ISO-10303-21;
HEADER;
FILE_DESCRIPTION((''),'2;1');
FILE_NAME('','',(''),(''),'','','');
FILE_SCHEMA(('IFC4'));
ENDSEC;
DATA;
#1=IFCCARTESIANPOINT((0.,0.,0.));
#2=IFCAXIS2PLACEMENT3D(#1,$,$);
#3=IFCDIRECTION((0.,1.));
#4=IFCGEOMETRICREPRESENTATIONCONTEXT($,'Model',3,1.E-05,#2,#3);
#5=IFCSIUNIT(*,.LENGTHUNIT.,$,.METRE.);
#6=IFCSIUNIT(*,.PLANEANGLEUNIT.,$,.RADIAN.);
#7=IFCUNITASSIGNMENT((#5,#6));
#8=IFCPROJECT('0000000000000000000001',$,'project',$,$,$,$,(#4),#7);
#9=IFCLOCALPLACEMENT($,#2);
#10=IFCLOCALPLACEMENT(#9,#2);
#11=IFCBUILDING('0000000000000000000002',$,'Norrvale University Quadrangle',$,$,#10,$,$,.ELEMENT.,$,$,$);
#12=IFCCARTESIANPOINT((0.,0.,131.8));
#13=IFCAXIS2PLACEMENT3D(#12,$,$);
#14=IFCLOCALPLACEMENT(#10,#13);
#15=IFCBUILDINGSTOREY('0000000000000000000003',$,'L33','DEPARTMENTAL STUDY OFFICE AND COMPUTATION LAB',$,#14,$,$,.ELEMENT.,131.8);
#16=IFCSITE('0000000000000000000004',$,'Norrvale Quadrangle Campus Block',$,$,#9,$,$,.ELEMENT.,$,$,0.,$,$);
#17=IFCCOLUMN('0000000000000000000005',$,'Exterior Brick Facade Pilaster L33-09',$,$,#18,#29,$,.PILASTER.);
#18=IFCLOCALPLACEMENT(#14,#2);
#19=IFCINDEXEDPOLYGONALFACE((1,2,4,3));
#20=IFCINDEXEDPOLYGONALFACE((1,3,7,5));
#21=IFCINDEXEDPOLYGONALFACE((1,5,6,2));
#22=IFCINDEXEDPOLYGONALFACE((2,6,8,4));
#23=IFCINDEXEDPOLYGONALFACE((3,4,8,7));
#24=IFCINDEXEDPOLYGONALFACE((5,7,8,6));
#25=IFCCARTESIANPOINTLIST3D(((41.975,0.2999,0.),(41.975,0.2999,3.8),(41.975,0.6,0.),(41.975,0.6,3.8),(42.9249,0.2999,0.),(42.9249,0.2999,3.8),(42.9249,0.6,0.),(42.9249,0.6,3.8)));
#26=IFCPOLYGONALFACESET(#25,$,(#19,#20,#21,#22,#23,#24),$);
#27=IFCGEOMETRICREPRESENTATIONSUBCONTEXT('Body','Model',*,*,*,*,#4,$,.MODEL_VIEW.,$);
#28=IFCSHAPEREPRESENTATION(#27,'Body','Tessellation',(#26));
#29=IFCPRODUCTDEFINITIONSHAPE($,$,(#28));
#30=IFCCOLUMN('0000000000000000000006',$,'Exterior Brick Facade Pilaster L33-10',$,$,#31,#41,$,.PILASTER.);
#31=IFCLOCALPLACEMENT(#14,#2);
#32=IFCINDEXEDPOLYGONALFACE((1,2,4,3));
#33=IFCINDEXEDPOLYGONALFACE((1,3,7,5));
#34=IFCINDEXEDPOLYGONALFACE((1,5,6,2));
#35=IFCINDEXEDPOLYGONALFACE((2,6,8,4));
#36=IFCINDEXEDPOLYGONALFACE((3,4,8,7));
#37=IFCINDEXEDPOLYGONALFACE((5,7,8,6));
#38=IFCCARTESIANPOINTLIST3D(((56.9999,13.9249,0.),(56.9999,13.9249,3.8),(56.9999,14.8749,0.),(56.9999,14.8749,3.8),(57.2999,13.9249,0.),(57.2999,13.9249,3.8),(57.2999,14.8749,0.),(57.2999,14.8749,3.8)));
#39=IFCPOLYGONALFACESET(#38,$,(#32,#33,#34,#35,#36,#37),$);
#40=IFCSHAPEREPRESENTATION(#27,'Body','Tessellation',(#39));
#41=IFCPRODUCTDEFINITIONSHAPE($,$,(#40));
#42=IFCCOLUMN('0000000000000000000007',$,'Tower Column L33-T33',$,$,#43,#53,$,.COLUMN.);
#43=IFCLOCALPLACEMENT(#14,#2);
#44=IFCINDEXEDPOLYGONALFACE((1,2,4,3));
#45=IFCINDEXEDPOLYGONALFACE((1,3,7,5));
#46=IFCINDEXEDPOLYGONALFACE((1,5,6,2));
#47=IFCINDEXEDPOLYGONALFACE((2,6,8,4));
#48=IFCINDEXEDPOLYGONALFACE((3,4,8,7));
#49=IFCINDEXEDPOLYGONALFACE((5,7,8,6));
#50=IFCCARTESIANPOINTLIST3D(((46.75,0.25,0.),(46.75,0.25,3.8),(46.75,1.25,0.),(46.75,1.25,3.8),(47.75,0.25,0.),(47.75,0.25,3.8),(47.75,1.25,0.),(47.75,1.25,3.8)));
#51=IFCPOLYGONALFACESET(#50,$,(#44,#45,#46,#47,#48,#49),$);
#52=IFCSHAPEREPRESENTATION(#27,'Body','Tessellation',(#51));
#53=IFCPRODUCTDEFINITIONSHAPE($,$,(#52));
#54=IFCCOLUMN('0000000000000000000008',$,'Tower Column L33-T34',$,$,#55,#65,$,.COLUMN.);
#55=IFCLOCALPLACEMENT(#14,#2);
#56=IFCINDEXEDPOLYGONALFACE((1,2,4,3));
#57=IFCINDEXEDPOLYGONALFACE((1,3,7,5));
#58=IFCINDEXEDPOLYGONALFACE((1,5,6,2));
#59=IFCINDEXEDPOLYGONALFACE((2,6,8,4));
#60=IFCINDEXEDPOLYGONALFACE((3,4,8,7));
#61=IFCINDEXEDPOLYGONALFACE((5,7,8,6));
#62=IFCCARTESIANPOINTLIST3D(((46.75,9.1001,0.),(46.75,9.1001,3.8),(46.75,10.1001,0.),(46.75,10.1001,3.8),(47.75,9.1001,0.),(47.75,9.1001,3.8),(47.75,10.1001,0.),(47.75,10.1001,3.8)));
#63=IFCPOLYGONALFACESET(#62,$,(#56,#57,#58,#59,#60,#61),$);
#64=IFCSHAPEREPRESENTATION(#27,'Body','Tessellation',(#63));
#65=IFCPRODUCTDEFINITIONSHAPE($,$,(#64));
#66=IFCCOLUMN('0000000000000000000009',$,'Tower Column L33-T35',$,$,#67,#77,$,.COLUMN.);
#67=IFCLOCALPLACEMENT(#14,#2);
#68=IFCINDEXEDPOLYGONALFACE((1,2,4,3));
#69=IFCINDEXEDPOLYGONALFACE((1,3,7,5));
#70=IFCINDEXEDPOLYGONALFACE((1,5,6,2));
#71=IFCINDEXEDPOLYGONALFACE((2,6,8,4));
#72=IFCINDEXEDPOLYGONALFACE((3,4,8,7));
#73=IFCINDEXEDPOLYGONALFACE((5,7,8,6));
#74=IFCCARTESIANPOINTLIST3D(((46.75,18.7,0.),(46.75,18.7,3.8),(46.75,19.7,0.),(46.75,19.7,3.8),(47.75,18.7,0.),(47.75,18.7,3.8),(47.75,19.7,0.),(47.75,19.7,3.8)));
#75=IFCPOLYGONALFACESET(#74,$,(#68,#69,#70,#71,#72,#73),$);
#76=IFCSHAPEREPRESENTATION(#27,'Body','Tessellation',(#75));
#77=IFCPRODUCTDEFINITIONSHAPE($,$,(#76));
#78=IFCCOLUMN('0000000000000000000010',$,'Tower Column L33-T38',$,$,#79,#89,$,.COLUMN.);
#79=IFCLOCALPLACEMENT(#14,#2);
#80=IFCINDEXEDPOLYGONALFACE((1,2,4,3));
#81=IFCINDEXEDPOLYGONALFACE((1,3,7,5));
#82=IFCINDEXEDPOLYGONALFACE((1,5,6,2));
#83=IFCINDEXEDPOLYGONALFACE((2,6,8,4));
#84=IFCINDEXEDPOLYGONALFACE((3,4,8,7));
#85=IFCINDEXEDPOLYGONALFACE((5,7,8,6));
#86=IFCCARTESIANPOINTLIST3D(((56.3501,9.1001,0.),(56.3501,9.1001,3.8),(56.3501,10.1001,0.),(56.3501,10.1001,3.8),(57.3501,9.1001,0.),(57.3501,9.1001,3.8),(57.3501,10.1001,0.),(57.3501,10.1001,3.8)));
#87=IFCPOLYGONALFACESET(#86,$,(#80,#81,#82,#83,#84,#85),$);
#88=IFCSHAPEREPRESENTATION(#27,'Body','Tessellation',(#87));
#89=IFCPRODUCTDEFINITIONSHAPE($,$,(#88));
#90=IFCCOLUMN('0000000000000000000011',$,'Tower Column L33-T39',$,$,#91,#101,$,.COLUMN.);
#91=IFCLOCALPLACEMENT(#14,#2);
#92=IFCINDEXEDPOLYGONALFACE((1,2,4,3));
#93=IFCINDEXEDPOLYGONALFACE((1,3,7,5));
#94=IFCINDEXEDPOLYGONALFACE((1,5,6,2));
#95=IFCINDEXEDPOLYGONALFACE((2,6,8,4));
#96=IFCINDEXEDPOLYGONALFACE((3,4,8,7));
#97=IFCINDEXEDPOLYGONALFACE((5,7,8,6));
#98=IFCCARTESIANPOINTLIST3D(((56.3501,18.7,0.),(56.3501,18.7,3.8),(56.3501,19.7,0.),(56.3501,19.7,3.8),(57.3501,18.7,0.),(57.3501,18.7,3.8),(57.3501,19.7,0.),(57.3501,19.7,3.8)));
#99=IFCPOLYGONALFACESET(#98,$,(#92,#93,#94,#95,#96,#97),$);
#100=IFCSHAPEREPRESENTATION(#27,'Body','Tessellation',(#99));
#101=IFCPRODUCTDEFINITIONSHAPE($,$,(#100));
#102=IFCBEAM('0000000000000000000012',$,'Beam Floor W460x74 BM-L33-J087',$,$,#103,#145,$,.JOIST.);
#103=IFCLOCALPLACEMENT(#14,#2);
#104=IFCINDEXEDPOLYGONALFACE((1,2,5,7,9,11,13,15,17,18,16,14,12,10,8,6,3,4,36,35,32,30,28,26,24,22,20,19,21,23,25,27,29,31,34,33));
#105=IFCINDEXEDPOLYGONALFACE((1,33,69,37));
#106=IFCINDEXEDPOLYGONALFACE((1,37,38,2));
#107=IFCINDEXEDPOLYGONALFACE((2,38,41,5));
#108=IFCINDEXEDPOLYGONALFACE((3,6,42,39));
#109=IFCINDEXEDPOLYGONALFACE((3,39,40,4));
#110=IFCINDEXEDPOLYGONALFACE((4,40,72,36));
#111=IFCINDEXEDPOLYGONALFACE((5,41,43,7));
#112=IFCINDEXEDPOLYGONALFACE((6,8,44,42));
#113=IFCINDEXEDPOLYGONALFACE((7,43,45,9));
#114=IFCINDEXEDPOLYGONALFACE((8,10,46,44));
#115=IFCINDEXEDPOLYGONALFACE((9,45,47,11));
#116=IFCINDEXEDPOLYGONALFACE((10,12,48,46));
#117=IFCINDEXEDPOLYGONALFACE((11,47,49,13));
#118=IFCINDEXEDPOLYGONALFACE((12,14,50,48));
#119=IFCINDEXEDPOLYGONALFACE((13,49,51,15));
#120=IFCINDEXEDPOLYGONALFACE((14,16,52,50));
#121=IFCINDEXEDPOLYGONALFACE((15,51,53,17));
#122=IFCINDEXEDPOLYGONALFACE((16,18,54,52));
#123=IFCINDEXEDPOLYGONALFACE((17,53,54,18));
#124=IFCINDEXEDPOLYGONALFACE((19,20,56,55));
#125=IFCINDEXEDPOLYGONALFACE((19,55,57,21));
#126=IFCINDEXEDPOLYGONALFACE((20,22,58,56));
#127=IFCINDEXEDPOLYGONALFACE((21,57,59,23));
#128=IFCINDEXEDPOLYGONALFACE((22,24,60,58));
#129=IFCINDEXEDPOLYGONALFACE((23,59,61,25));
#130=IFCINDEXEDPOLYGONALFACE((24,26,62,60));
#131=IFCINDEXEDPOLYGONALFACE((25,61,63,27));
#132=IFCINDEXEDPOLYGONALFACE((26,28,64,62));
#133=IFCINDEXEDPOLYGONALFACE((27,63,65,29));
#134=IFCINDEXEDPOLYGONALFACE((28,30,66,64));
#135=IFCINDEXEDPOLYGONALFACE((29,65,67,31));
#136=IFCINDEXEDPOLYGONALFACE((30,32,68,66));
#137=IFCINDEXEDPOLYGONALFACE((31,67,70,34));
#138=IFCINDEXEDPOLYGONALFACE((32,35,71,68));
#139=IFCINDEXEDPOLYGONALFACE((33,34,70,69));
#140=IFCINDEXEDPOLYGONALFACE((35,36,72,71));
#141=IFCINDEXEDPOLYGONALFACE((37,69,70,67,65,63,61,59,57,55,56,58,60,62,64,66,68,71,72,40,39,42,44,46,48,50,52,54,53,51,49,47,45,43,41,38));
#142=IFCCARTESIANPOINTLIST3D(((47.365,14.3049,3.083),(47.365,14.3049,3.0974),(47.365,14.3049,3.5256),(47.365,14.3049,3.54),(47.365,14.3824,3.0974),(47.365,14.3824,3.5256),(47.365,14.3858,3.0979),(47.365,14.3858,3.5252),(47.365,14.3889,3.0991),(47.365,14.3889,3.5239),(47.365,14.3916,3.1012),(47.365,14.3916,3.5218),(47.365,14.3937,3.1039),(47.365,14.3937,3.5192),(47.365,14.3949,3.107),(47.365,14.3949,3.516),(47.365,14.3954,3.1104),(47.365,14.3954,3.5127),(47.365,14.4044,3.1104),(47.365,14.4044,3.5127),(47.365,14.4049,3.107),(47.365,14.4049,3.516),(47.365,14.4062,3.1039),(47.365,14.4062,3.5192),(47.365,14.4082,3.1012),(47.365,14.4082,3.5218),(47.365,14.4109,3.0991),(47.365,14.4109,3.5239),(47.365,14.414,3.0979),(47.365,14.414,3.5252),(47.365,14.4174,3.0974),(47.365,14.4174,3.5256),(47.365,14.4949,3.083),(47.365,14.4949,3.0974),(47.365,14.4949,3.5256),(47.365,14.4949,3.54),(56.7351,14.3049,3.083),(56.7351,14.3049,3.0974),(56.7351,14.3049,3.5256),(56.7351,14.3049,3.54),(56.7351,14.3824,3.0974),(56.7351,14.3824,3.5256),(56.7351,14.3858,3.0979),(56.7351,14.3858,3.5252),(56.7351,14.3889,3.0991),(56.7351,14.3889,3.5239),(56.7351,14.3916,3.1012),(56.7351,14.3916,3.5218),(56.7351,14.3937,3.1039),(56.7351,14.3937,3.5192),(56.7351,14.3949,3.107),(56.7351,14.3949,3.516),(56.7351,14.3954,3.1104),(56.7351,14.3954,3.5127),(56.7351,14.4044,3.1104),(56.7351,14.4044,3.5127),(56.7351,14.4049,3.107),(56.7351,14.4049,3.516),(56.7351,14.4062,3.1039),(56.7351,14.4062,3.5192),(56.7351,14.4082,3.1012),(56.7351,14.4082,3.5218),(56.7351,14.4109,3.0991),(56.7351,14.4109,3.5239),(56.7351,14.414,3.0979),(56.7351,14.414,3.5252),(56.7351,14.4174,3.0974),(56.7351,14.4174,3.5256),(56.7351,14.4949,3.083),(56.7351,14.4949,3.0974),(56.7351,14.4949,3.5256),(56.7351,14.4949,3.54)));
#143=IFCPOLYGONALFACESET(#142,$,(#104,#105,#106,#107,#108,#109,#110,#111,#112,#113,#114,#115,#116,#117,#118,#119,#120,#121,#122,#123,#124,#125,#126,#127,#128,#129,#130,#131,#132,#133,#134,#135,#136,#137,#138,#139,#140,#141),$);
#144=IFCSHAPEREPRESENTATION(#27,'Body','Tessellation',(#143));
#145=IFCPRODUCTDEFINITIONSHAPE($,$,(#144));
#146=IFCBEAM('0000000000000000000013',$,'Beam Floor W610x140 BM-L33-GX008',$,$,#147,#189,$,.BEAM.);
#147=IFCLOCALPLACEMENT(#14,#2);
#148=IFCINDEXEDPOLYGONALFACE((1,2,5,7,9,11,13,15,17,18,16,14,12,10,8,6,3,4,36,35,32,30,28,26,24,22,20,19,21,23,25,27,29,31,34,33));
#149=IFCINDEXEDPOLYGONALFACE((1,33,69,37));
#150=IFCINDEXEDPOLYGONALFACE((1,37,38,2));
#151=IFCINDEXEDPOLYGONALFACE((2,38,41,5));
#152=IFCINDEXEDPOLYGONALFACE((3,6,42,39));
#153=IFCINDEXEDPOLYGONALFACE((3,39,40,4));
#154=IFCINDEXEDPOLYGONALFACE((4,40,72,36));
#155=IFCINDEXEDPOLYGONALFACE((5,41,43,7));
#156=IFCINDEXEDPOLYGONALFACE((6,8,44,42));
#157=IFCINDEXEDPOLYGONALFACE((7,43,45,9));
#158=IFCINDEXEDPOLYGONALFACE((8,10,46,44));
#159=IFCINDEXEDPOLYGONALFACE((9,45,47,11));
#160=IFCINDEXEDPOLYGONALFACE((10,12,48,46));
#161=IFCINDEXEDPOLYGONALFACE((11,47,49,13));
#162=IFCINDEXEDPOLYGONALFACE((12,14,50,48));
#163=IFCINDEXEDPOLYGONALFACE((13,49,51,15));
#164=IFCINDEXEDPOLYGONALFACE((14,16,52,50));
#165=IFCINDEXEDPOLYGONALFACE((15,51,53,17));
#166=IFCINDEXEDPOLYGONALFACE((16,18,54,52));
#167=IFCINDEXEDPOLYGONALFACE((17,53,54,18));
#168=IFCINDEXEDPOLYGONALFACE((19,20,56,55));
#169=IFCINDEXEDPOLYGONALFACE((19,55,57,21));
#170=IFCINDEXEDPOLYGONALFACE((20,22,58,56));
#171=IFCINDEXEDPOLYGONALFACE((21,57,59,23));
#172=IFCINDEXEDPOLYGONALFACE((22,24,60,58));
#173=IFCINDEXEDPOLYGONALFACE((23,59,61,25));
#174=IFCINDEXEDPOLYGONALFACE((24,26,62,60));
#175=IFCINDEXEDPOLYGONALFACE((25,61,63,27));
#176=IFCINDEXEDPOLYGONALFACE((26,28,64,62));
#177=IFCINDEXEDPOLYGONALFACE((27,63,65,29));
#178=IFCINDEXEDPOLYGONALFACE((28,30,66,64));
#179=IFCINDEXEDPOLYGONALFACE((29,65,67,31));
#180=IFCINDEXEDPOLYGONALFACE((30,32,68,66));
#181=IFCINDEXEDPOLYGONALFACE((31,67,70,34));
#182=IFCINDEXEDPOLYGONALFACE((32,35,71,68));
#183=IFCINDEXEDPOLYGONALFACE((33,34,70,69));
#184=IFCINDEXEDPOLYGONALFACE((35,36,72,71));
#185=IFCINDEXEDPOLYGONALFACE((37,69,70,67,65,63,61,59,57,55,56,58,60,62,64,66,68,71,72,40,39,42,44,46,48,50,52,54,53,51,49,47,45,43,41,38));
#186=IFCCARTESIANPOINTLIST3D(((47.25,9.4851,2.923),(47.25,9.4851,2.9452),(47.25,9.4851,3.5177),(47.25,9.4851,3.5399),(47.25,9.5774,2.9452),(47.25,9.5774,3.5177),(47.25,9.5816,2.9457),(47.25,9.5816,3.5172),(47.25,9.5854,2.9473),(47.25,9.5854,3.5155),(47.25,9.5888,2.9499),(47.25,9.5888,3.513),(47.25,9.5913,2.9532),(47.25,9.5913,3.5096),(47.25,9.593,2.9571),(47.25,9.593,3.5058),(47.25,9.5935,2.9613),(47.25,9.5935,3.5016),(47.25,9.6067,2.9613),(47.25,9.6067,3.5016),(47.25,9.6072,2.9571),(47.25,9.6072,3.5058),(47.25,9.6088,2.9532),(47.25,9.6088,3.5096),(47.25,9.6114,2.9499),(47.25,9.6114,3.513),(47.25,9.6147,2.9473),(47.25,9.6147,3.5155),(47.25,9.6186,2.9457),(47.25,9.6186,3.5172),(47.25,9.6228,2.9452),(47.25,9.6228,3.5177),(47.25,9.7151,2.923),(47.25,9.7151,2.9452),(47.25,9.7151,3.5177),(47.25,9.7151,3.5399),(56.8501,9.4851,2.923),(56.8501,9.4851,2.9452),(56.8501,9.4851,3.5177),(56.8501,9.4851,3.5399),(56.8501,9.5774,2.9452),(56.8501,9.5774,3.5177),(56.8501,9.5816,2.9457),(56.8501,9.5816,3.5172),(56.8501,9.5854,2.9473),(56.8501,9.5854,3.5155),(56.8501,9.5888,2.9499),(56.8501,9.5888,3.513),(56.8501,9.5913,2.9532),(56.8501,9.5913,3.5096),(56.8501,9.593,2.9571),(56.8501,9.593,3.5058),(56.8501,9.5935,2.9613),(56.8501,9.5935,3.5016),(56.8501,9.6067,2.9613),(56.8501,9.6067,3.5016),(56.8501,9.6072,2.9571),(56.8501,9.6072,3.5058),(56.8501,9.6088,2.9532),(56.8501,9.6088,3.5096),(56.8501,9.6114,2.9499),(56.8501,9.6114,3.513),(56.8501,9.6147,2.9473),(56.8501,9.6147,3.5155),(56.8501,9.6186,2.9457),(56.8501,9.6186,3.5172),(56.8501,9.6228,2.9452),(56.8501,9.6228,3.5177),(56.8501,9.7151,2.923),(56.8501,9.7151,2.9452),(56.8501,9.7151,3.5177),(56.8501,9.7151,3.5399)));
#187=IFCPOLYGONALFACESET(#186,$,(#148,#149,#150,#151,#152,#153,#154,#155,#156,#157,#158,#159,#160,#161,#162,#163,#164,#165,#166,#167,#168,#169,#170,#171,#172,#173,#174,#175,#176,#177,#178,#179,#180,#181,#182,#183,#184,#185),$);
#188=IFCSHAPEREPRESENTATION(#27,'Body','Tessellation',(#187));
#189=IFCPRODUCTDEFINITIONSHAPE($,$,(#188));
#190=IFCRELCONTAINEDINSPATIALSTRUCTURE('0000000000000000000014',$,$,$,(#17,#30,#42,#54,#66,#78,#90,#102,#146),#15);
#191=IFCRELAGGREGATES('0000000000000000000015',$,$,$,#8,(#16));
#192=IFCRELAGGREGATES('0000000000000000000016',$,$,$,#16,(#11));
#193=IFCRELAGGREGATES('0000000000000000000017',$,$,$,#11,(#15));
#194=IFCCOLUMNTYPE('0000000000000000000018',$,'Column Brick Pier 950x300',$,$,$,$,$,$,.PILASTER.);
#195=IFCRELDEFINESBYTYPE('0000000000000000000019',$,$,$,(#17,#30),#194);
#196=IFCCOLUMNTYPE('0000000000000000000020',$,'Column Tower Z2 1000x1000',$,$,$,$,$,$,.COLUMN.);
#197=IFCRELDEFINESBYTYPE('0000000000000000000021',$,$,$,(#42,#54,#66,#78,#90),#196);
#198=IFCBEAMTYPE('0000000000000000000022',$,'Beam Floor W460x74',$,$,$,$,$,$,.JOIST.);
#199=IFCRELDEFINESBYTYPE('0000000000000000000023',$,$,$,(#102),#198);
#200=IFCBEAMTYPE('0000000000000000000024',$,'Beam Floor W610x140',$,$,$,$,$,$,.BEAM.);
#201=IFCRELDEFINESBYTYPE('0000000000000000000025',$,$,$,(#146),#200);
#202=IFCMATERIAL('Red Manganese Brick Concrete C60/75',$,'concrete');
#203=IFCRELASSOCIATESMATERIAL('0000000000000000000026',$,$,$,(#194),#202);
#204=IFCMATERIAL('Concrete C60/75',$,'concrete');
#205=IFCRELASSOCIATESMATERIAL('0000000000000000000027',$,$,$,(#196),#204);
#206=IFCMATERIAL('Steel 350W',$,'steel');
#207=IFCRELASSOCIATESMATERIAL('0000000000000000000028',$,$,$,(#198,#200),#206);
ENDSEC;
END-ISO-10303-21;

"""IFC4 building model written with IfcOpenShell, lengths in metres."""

from ifc_helpers import new_model, si_unit, direction, frame, origin, origin_2d, place, context, subcontext, project, spatial, rectangle, i_section, extrude, material, material_profile, profile_set, type_object, element, save


model = new_model("IFC4")

# Units and contexts
model_context = context("Model", 3, precision=1e-05, world=origin(), true_north=direction((0.0, 1.0)))
body_context = subcontext(model_context, "Body", "Model", "MODEL_VIEW")
ifc_project = project(units=[si_unit("LENGTHUNIT", "METRE"), si_unit("PLANEANGLEUNIT", "RADIAN")], contexts=[model_context])

# Site, building, storey
site_placement = place(None, origin())
site = spatial("IfcSite", under=ifc_project, at=site_placement, Name="Norrvale Quadrangle Campus Block", CompositionType="ELEMENT", RefElevation=0.0)
building_placement = place(site_placement, origin())
building = spatial("IfcBuilding", under=site, at=building_placement, Name="Norrvale University Quadrangle", CompositionType="ELEMENT")
storey_placement = place(building_placement, frame((0.0, 0.0, 131.8)))
storey = spatial("IfcBuildingStorey", under=building, at=storey_placement, Name="L33", Description="DEPARTMENTAL STUDY OFFICE AND COMPUTATION LAB", CompositionType="ELEMENT", Elevation=131.8)

# Columns
ifc_material_1 = material(Name="Red Manganese Brick Concrete C60/75", Category="concrete")
ifc_material_profile_1 = material_profile(ifc_material_1, rectangle(XDim=0.95, YDim=0.3, at=origin_2d()), Name="Red Manganese Brick Concrete C60/75")
ifc_profile_set_1 = profile_set([ifc_material_profile_1], Name="Red Manganese Brick Concrete C60/75")
column_type_1 = type_object("IfcColumnType", Name="Column Brick Pier 950x300", PredefinedType="PILASTER", material=ifc_profile_set_1)
for number, where, z_axis, x_axis, name in (
    (1, (42.45, 0.45, 0.0), (0.0, 0.0, 1.0), (1.0, 0.0, 0.0), "Exterior Brick Facade Pilaster L33-09"),
    (2, (57.1499, 14.3999, 0.0), (0.0, 0.0, 1.0), (0.0, 1.0, 0.0), "Exterior Brick Facade Pilaster L33-10"),
):
    element("IfcColumn", number, at=place(storey_placement, frame(where, z_axis=z_axis, x_axis=x_axis)), inside=storey, type_object=column_type_1, Name=name, PredefinedType="PILASTER", context=body_context, shape_type="SweptSolid", body=[
        extrude(rectangle(XDim=0.95, YDim=0.3, at=origin_2d()), origin(), (0.0, 0.0, 1.0), 3.8),
    ])
ifc_material_2 = material(Name="Concrete C60/75", Category="concrete")
ifc_material_profile_2 = material_profile(ifc_material_2, rectangle(XDim=1.0, YDim=1.0, at=origin_2d()), Name="Concrete C60/75")
ifc_profile_set_2 = profile_set([ifc_material_profile_2], Name="Concrete C60/75")
column_type_2 = type_object("IfcColumnType", Name="Column Tower Z2 1000x1000", PredefinedType="COLUMN", material=ifc_profile_set_2)
for number, where, z_axis, x_axis, name in (
    (3, (47.25, 0.75, 0.0), (0.0, 0.0, 1.0), (1.0, 0.0, 0.0), "Tower Column L33-T33"),
    (4, (47.25, 9.6001, 0.0), (0.0, 0.0, 1.0), (1.0, 0.0, 0.0), "Tower Column L33-T34"),
    (5, (47.25, 19.2, 0.0), (0.0, 0.0, 1.0), (1.0, 0.0, 0.0), "Tower Column L33-T35"),
    (6, (56.8501, 9.6001, 0.0), (0.0, 0.0, 1.0), (1.0, 0.0, 0.0), "Tower Column L33-T38"),
    (7, (56.8501, 19.2, 0.0), (0.0, 0.0, 1.0), (1.0, 0.0, 0.0), "Tower Column L33-T39"),
):
    element("IfcColumn", number, at=place(storey_placement, frame(where, z_axis=z_axis, x_axis=x_axis)), inside=storey, type_object=column_type_2, Name=name, PredefinedType="COLUMN", context=body_context, shape_type="SweptSolid", body=[
        extrude(rectangle(XDim=1.0, YDim=1.0, at=origin_2d()), origin(), (0.0, 0.0, 1.0), 3.8),
    ])

# Beams
ifc_material_3 = material(Name="Steel 350W", Category="steel")
ifc_material_profile_3 = material_profile(ifc_material_3, i_section(OverallWidth=0.1899, OverallDepth=0.457, WebThickness=0.009, FlangeThickness=0.0144, FilletRadius=0.0129, at=origin_2d()), Name="Steel 350W")
ifc_profile_set_3 = profile_set([ifc_material_profile_3], Name="Steel 350W")
beam_type_1 = type_object("IfcBeamType", Name="Beam Floor W460x74", PredefinedType="JOIST", material=ifc_profile_set_3)
beam_1_placement = place(storey_placement, frame((47.365, 14.3999, 3.3115), z_axis=(1.0, 0.0, 0.0), x_axis=(0.0, 1.0, 0.0)))
element("IfcBeam", 8, at=beam_1_placement, inside=storey, type_object=beam_type_1, Name="Beam Floor W460x74 BM-L33-J087", PredefinedType="JOIST", context=body_context, shape_type="SweptSolid", body=[
    extrude(i_section(OverallWidth=0.1899, OverallDepth=0.457, WebThickness=0.009, FlangeThickness=0.0144, FilletRadius=0.0129, at=origin_2d()), origin(), (0.0, 0.0, 1.0), 9.3701),
])
ifc_material_profile_4 = material_profile(ifc_material_3, i_section(OverallWidth=0.23, OverallDepth=0.6169, WebThickness=0.0132, FlangeThickness=0.0222, FilletRadius=0.0161, at=origin_2d()), Name="Steel 350W")
ifc_profile_set_4 = profile_set([ifc_material_profile_4], Name="Steel 350W")
beam_type_2 = type_object("IfcBeamType", Name="Beam Floor W610x140", PredefinedType="BEAM", material=ifc_profile_set_4)
for number, where, z_axis, x_axis, name in (
    (9, (47.25, 9.6001, 3.2314), (1.0, 0.0, 0.0), (0.0, 1.0, 0.0), "Beam Floor W610x140 BM-L33-GX008"),
):
    element("IfcBeam", number, at=place(storey_placement, frame(where, z_axis=z_axis, x_axis=x_axis)), inside=storey, type_object=beam_type_2, Name=name, PredefinedType="BEAM", context=body_context, shape_type="SweptSolid", body=[
        extrude(i_section(OverallWidth=0.23, OverallDepth=0.6169, WebThickness=0.0132, FlangeThickness=0.0222, FilletRadius=0.0161, at=origin_2d()), origin(), (0.0, 0.0, 1.0), 9.6001),
    ])

save(model, "model.ifc")
